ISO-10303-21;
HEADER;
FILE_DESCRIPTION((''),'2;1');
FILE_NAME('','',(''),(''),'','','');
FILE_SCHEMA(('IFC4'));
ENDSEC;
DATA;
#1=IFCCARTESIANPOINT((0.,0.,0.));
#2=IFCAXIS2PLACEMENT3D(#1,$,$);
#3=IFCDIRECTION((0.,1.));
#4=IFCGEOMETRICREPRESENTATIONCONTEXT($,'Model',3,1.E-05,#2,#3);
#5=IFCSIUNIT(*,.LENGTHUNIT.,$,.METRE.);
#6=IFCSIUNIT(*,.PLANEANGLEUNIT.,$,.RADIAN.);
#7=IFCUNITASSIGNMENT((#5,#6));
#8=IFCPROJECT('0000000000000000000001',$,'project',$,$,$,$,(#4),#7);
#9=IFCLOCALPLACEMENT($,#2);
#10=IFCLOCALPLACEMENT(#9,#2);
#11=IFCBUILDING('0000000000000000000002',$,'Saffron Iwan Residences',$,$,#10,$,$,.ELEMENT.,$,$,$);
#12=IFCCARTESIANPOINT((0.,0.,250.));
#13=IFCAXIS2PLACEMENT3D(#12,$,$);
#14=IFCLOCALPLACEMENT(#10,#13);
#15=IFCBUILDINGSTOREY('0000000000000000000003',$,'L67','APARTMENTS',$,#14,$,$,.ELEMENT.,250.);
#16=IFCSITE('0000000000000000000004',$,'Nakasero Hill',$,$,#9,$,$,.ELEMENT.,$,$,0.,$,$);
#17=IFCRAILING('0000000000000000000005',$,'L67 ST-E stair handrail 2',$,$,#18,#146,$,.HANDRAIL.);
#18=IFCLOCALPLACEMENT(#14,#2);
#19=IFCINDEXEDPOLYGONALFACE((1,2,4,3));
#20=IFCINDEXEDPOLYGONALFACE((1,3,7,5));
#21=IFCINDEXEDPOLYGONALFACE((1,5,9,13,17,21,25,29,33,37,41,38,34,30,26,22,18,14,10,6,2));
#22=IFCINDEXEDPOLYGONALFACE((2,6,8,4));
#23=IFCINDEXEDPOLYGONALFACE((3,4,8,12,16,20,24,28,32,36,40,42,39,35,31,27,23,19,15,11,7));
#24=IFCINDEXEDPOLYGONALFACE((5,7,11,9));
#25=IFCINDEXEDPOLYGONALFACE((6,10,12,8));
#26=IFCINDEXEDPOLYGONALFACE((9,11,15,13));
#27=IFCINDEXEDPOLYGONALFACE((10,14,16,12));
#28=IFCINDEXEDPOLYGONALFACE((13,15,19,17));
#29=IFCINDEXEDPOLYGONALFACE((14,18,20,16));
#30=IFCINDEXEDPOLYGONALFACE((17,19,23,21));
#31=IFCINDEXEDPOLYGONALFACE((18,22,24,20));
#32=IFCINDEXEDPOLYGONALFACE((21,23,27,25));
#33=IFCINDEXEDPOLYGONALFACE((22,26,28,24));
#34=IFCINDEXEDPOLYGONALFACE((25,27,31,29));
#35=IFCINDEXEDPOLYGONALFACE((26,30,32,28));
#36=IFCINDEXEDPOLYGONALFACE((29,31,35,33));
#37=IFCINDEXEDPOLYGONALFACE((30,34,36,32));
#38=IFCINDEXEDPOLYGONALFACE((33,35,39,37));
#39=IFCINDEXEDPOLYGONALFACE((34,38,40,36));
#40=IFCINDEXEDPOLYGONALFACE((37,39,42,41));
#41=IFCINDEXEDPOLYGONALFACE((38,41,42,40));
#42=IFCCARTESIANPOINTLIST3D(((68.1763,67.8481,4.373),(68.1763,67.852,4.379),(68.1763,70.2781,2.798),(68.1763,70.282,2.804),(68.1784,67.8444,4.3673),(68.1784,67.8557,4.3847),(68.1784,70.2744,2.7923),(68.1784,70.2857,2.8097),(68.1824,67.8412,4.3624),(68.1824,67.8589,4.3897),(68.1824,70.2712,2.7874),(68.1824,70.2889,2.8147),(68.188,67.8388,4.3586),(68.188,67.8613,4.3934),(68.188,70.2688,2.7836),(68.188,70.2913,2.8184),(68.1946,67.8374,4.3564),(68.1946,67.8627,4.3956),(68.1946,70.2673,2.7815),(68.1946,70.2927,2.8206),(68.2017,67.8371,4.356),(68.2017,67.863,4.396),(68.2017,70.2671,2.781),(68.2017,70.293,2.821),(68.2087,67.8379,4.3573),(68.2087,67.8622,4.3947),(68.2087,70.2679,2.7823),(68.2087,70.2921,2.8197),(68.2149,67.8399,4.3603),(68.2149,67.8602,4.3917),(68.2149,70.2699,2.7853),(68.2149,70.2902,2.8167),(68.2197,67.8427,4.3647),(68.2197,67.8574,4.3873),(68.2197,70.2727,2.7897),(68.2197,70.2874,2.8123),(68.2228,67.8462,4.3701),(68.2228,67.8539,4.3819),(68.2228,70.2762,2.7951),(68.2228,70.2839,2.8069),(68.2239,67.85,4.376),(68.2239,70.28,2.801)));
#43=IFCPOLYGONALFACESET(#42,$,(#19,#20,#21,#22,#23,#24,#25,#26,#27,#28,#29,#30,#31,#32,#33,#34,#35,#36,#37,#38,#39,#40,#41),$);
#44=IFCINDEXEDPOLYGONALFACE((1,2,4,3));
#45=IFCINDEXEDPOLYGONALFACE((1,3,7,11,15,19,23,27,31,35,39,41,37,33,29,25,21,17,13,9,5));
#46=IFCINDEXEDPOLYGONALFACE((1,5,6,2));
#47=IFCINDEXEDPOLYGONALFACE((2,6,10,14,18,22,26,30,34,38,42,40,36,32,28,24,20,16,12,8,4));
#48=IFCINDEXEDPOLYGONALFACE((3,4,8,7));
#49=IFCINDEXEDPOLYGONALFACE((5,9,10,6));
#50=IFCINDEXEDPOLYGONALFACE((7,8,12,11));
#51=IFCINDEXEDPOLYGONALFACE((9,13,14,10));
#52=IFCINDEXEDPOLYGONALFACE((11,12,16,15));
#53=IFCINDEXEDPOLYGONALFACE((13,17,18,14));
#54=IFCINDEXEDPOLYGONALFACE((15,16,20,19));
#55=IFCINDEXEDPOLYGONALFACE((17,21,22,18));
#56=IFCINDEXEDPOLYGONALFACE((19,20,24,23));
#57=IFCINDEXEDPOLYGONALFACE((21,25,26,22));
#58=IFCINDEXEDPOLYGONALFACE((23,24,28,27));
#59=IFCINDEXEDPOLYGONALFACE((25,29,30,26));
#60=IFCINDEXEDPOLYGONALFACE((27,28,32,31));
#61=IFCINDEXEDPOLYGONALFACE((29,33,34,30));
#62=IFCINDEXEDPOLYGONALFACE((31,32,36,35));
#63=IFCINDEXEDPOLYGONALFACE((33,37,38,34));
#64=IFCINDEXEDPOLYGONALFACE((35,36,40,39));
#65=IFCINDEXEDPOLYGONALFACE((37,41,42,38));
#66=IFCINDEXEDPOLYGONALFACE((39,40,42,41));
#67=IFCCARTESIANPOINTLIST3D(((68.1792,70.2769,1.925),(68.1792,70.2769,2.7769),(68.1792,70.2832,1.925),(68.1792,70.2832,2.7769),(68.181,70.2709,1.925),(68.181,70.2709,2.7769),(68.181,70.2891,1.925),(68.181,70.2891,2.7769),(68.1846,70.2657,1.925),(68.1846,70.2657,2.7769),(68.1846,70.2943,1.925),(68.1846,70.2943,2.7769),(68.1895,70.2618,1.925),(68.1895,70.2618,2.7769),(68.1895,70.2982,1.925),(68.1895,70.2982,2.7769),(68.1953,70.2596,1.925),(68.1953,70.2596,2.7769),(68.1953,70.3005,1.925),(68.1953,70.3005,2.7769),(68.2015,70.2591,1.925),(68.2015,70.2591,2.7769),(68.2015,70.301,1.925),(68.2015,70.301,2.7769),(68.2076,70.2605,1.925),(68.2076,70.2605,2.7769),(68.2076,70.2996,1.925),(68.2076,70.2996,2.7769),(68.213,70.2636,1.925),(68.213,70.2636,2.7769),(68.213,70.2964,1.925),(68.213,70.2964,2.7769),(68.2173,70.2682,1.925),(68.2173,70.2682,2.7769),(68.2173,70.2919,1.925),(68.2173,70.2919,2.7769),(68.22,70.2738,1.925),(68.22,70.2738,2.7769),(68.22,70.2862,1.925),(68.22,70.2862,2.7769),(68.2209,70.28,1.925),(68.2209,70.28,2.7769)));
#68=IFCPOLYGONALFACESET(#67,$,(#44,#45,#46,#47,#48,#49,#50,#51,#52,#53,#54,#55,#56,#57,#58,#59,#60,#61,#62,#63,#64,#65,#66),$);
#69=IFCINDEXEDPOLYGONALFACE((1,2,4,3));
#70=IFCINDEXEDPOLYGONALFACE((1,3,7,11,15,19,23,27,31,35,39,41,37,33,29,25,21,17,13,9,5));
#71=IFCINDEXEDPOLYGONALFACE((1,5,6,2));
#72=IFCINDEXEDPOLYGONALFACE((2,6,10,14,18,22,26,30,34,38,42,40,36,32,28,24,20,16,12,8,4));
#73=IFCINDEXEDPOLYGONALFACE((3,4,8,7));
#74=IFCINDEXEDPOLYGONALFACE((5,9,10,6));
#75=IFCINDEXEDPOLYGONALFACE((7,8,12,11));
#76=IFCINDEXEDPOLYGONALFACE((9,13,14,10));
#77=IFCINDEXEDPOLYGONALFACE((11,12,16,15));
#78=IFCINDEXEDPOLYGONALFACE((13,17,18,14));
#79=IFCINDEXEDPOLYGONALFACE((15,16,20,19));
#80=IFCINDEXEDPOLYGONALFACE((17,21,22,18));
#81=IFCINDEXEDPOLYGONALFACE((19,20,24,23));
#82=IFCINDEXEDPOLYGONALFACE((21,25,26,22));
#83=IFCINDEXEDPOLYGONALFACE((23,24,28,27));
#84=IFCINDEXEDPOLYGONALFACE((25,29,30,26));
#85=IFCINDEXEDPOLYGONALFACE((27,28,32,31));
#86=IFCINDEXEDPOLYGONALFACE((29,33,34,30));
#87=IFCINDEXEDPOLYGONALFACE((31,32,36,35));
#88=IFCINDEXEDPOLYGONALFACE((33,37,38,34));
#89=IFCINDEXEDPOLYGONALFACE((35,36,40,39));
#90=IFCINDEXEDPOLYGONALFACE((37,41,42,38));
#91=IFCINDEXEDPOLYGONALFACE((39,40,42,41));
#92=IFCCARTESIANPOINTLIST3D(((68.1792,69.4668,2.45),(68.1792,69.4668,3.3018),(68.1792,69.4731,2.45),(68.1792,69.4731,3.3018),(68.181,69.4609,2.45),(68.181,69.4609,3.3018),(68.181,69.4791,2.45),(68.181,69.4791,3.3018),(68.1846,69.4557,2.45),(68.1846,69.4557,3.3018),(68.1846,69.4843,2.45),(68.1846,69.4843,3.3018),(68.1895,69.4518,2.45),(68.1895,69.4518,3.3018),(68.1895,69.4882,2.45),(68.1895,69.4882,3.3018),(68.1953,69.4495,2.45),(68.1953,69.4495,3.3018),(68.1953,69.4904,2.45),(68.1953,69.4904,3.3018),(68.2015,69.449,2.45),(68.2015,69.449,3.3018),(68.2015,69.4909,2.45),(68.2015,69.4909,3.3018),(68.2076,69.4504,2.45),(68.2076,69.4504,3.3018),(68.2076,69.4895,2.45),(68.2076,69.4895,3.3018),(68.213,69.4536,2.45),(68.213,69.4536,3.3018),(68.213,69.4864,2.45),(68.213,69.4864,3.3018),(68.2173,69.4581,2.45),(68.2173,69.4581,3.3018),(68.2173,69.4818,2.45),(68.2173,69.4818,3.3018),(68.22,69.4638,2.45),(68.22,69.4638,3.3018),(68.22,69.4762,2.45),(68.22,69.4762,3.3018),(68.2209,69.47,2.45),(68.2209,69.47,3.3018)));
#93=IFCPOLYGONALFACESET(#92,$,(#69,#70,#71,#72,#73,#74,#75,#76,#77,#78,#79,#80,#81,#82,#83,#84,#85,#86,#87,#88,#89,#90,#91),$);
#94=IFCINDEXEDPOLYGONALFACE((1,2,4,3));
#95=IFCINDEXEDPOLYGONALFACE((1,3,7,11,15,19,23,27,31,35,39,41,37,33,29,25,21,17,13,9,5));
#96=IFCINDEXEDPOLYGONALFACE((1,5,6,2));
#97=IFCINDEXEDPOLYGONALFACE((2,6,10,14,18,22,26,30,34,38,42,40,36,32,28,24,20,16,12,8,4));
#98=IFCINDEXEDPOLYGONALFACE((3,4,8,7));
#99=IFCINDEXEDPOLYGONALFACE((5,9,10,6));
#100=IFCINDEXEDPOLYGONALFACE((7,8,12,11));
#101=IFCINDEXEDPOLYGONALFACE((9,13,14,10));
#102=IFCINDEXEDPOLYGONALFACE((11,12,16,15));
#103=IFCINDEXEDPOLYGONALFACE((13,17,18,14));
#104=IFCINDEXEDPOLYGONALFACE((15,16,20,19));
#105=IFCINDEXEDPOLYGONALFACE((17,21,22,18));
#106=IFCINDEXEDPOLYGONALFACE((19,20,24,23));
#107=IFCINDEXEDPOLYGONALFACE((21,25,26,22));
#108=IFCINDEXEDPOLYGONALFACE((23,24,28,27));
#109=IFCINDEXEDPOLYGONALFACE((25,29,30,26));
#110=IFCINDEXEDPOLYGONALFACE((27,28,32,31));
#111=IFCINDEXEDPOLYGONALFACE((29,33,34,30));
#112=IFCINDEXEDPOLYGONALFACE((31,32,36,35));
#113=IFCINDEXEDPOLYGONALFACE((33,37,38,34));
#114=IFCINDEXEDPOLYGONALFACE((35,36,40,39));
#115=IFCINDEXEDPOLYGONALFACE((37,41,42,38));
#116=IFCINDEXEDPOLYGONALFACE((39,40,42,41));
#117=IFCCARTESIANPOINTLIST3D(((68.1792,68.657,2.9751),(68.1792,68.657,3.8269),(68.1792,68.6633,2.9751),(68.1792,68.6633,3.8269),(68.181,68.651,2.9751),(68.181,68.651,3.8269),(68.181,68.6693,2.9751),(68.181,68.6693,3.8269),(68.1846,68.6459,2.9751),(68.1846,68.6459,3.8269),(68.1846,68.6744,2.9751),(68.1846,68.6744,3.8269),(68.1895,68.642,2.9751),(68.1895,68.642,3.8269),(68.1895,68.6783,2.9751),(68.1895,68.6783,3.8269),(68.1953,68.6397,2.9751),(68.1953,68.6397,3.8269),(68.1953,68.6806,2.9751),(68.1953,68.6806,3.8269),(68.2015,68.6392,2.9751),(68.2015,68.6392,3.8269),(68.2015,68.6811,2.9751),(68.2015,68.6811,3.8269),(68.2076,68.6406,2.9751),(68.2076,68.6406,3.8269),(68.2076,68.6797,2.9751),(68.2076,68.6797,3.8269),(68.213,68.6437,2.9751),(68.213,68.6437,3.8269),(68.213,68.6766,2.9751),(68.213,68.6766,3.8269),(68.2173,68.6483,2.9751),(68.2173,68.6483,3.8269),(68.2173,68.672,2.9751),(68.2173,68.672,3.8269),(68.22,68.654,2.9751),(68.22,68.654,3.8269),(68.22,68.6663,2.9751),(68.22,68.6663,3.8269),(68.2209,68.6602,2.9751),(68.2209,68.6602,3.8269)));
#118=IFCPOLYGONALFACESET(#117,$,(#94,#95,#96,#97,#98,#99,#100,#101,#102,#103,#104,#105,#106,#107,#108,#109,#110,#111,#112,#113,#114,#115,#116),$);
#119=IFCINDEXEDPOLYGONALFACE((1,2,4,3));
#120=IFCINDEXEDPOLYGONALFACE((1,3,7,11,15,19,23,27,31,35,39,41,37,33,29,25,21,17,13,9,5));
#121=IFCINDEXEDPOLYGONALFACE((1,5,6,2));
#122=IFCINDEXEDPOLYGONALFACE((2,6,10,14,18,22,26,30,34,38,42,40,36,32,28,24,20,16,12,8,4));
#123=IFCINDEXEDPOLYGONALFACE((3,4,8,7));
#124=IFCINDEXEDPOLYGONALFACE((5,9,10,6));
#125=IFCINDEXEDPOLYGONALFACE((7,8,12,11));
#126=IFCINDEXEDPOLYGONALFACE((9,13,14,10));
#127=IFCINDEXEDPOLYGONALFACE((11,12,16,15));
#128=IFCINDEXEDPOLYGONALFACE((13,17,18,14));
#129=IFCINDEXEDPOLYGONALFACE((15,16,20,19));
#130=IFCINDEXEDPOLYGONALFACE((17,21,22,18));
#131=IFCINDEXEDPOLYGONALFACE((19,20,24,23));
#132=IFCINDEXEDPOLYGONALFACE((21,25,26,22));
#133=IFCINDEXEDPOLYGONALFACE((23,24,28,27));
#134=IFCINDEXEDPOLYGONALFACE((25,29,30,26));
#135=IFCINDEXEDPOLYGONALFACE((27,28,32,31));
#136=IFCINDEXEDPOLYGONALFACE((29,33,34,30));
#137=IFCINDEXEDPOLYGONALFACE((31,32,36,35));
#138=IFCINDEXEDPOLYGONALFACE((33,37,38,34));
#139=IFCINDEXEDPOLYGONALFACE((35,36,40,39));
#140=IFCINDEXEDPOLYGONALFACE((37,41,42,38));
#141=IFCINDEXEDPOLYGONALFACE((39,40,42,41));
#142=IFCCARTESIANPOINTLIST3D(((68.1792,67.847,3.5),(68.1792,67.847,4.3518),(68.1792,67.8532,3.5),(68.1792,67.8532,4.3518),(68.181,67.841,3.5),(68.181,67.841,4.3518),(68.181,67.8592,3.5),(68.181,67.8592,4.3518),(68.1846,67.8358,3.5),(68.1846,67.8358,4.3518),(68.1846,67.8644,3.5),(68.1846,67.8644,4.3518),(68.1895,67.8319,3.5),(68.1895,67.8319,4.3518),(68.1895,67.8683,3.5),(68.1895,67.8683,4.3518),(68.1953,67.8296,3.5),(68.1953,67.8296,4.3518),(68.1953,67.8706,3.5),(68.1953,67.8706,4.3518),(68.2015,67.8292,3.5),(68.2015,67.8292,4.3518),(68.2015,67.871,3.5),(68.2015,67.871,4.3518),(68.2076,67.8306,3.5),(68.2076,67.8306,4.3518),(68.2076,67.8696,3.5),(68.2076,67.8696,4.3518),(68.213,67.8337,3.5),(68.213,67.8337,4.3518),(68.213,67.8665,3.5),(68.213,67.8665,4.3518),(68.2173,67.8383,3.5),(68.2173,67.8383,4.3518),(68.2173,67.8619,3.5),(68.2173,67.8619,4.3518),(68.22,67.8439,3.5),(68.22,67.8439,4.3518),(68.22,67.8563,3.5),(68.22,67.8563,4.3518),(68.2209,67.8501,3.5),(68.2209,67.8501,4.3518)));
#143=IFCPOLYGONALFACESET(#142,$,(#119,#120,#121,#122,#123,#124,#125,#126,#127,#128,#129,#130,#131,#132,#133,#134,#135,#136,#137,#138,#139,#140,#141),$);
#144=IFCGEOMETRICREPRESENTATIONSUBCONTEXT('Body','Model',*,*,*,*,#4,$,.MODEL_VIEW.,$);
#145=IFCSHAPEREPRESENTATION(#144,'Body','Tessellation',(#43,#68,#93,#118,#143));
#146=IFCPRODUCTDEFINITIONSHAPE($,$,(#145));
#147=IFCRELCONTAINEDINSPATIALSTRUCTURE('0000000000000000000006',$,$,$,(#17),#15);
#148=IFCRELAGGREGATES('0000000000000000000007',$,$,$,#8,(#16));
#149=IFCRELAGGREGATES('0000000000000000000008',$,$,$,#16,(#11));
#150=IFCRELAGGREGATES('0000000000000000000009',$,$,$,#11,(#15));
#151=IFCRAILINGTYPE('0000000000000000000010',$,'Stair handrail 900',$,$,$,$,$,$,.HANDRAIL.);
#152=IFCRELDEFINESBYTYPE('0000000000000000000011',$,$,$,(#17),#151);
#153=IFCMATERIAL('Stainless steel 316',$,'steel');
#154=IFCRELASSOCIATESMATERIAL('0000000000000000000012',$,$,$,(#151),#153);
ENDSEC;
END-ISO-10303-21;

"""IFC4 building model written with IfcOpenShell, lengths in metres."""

from ifc_helpers import new_model, si_unit, direction, frame, origin, origin_2d, place, context, subcontext, project, spatial, circle, extrude, material, type_object, element, save


model = new_model("IFC4")

# Units and contexts
model_context = context("Model", 3, precision=1e-05, world=origin(), true_north=direction((0.0, 1.0)))
body_context = subcontext(model_context, "Body", "Model", "MODEL_VIEW")
ifc_project = project(units=[si_unit("LENGTHUNIT", "METRE"), si_unit("PLANEANGLEUNIT", "RADIAN")], contexts=[model_context])

# Site, building, storey
site_placement = place(None, origin())
site = spatial("IfcSite", under=ifc_project, at=site_placement, Name="Nakasero Hill", CompositionType="ELEMENT", RefElevation=0.0)
building_placement = place(site_placement, origin())
building = spatial("IfcBuilding", under=site, at=building_placement, Name="Saffron Iwan Residences", CompositionType="ELEMENT")
storey_placement = place(building_placement, frame((0.0, 0.0, 250.0)))
storey = spatial("IfcBuildingStorey", under=building, at=storey_placement, Name="L67", Description="APARTMENTS", CompositionType="ELEMENT", Elevation=250.0)

# Railing
ifc_material_1 = material(Name="Stainless steel 316", Category="steel")
railing_type = type_object("IfcRailingType", Name="Stair handrail 900", PredefinedType="HANDRAIL", material=ifc_material_1)
railing_placement = place(storey_placement, frame((68.2, 70.28, 1.925)))
element("IfcRailing", 1, at=railing_placement, inside=storey, type_object=railing_type, Name="L67 ST-E stair handrail 2", PredefinedType="HANDRAIL", context=body_context, shape_type="SweptSolid", body=[
    extrude(circle(Radius=0.0239, at=origin_2d()), frame((0.0, 0.0, 0.876), z_axis=(0.0, -0.839154, 0.543894), x_axis=(1.0, 0.0, 0.0)), (0.0, 0.0, 1.0), 2.8958),
    extrude(circle(Radius=0.021, at=origin_2d()), origin(), (0.0, 0.0, 1.0), 0.8518),
    extrude(circle(Radius=0.021, at=origin_2d()), frame((0.0, -0.8101, 0.5249)), (0.0, 0.0, 1.0), 0.8518),
    extrude(circle(Radius=0.021, at=origin_2d()), frame((0.0, -1.6199, 1.05)), (0.0, 0.0, 1.0), 0.8518),
    extrude(circle(Radius=0.021, at=origin_2d()), frame((0.0, -2.4299, 1.575)), (0.0, 0.0, 1.0), 0.8518),
])

save(model, "model.ifc")
